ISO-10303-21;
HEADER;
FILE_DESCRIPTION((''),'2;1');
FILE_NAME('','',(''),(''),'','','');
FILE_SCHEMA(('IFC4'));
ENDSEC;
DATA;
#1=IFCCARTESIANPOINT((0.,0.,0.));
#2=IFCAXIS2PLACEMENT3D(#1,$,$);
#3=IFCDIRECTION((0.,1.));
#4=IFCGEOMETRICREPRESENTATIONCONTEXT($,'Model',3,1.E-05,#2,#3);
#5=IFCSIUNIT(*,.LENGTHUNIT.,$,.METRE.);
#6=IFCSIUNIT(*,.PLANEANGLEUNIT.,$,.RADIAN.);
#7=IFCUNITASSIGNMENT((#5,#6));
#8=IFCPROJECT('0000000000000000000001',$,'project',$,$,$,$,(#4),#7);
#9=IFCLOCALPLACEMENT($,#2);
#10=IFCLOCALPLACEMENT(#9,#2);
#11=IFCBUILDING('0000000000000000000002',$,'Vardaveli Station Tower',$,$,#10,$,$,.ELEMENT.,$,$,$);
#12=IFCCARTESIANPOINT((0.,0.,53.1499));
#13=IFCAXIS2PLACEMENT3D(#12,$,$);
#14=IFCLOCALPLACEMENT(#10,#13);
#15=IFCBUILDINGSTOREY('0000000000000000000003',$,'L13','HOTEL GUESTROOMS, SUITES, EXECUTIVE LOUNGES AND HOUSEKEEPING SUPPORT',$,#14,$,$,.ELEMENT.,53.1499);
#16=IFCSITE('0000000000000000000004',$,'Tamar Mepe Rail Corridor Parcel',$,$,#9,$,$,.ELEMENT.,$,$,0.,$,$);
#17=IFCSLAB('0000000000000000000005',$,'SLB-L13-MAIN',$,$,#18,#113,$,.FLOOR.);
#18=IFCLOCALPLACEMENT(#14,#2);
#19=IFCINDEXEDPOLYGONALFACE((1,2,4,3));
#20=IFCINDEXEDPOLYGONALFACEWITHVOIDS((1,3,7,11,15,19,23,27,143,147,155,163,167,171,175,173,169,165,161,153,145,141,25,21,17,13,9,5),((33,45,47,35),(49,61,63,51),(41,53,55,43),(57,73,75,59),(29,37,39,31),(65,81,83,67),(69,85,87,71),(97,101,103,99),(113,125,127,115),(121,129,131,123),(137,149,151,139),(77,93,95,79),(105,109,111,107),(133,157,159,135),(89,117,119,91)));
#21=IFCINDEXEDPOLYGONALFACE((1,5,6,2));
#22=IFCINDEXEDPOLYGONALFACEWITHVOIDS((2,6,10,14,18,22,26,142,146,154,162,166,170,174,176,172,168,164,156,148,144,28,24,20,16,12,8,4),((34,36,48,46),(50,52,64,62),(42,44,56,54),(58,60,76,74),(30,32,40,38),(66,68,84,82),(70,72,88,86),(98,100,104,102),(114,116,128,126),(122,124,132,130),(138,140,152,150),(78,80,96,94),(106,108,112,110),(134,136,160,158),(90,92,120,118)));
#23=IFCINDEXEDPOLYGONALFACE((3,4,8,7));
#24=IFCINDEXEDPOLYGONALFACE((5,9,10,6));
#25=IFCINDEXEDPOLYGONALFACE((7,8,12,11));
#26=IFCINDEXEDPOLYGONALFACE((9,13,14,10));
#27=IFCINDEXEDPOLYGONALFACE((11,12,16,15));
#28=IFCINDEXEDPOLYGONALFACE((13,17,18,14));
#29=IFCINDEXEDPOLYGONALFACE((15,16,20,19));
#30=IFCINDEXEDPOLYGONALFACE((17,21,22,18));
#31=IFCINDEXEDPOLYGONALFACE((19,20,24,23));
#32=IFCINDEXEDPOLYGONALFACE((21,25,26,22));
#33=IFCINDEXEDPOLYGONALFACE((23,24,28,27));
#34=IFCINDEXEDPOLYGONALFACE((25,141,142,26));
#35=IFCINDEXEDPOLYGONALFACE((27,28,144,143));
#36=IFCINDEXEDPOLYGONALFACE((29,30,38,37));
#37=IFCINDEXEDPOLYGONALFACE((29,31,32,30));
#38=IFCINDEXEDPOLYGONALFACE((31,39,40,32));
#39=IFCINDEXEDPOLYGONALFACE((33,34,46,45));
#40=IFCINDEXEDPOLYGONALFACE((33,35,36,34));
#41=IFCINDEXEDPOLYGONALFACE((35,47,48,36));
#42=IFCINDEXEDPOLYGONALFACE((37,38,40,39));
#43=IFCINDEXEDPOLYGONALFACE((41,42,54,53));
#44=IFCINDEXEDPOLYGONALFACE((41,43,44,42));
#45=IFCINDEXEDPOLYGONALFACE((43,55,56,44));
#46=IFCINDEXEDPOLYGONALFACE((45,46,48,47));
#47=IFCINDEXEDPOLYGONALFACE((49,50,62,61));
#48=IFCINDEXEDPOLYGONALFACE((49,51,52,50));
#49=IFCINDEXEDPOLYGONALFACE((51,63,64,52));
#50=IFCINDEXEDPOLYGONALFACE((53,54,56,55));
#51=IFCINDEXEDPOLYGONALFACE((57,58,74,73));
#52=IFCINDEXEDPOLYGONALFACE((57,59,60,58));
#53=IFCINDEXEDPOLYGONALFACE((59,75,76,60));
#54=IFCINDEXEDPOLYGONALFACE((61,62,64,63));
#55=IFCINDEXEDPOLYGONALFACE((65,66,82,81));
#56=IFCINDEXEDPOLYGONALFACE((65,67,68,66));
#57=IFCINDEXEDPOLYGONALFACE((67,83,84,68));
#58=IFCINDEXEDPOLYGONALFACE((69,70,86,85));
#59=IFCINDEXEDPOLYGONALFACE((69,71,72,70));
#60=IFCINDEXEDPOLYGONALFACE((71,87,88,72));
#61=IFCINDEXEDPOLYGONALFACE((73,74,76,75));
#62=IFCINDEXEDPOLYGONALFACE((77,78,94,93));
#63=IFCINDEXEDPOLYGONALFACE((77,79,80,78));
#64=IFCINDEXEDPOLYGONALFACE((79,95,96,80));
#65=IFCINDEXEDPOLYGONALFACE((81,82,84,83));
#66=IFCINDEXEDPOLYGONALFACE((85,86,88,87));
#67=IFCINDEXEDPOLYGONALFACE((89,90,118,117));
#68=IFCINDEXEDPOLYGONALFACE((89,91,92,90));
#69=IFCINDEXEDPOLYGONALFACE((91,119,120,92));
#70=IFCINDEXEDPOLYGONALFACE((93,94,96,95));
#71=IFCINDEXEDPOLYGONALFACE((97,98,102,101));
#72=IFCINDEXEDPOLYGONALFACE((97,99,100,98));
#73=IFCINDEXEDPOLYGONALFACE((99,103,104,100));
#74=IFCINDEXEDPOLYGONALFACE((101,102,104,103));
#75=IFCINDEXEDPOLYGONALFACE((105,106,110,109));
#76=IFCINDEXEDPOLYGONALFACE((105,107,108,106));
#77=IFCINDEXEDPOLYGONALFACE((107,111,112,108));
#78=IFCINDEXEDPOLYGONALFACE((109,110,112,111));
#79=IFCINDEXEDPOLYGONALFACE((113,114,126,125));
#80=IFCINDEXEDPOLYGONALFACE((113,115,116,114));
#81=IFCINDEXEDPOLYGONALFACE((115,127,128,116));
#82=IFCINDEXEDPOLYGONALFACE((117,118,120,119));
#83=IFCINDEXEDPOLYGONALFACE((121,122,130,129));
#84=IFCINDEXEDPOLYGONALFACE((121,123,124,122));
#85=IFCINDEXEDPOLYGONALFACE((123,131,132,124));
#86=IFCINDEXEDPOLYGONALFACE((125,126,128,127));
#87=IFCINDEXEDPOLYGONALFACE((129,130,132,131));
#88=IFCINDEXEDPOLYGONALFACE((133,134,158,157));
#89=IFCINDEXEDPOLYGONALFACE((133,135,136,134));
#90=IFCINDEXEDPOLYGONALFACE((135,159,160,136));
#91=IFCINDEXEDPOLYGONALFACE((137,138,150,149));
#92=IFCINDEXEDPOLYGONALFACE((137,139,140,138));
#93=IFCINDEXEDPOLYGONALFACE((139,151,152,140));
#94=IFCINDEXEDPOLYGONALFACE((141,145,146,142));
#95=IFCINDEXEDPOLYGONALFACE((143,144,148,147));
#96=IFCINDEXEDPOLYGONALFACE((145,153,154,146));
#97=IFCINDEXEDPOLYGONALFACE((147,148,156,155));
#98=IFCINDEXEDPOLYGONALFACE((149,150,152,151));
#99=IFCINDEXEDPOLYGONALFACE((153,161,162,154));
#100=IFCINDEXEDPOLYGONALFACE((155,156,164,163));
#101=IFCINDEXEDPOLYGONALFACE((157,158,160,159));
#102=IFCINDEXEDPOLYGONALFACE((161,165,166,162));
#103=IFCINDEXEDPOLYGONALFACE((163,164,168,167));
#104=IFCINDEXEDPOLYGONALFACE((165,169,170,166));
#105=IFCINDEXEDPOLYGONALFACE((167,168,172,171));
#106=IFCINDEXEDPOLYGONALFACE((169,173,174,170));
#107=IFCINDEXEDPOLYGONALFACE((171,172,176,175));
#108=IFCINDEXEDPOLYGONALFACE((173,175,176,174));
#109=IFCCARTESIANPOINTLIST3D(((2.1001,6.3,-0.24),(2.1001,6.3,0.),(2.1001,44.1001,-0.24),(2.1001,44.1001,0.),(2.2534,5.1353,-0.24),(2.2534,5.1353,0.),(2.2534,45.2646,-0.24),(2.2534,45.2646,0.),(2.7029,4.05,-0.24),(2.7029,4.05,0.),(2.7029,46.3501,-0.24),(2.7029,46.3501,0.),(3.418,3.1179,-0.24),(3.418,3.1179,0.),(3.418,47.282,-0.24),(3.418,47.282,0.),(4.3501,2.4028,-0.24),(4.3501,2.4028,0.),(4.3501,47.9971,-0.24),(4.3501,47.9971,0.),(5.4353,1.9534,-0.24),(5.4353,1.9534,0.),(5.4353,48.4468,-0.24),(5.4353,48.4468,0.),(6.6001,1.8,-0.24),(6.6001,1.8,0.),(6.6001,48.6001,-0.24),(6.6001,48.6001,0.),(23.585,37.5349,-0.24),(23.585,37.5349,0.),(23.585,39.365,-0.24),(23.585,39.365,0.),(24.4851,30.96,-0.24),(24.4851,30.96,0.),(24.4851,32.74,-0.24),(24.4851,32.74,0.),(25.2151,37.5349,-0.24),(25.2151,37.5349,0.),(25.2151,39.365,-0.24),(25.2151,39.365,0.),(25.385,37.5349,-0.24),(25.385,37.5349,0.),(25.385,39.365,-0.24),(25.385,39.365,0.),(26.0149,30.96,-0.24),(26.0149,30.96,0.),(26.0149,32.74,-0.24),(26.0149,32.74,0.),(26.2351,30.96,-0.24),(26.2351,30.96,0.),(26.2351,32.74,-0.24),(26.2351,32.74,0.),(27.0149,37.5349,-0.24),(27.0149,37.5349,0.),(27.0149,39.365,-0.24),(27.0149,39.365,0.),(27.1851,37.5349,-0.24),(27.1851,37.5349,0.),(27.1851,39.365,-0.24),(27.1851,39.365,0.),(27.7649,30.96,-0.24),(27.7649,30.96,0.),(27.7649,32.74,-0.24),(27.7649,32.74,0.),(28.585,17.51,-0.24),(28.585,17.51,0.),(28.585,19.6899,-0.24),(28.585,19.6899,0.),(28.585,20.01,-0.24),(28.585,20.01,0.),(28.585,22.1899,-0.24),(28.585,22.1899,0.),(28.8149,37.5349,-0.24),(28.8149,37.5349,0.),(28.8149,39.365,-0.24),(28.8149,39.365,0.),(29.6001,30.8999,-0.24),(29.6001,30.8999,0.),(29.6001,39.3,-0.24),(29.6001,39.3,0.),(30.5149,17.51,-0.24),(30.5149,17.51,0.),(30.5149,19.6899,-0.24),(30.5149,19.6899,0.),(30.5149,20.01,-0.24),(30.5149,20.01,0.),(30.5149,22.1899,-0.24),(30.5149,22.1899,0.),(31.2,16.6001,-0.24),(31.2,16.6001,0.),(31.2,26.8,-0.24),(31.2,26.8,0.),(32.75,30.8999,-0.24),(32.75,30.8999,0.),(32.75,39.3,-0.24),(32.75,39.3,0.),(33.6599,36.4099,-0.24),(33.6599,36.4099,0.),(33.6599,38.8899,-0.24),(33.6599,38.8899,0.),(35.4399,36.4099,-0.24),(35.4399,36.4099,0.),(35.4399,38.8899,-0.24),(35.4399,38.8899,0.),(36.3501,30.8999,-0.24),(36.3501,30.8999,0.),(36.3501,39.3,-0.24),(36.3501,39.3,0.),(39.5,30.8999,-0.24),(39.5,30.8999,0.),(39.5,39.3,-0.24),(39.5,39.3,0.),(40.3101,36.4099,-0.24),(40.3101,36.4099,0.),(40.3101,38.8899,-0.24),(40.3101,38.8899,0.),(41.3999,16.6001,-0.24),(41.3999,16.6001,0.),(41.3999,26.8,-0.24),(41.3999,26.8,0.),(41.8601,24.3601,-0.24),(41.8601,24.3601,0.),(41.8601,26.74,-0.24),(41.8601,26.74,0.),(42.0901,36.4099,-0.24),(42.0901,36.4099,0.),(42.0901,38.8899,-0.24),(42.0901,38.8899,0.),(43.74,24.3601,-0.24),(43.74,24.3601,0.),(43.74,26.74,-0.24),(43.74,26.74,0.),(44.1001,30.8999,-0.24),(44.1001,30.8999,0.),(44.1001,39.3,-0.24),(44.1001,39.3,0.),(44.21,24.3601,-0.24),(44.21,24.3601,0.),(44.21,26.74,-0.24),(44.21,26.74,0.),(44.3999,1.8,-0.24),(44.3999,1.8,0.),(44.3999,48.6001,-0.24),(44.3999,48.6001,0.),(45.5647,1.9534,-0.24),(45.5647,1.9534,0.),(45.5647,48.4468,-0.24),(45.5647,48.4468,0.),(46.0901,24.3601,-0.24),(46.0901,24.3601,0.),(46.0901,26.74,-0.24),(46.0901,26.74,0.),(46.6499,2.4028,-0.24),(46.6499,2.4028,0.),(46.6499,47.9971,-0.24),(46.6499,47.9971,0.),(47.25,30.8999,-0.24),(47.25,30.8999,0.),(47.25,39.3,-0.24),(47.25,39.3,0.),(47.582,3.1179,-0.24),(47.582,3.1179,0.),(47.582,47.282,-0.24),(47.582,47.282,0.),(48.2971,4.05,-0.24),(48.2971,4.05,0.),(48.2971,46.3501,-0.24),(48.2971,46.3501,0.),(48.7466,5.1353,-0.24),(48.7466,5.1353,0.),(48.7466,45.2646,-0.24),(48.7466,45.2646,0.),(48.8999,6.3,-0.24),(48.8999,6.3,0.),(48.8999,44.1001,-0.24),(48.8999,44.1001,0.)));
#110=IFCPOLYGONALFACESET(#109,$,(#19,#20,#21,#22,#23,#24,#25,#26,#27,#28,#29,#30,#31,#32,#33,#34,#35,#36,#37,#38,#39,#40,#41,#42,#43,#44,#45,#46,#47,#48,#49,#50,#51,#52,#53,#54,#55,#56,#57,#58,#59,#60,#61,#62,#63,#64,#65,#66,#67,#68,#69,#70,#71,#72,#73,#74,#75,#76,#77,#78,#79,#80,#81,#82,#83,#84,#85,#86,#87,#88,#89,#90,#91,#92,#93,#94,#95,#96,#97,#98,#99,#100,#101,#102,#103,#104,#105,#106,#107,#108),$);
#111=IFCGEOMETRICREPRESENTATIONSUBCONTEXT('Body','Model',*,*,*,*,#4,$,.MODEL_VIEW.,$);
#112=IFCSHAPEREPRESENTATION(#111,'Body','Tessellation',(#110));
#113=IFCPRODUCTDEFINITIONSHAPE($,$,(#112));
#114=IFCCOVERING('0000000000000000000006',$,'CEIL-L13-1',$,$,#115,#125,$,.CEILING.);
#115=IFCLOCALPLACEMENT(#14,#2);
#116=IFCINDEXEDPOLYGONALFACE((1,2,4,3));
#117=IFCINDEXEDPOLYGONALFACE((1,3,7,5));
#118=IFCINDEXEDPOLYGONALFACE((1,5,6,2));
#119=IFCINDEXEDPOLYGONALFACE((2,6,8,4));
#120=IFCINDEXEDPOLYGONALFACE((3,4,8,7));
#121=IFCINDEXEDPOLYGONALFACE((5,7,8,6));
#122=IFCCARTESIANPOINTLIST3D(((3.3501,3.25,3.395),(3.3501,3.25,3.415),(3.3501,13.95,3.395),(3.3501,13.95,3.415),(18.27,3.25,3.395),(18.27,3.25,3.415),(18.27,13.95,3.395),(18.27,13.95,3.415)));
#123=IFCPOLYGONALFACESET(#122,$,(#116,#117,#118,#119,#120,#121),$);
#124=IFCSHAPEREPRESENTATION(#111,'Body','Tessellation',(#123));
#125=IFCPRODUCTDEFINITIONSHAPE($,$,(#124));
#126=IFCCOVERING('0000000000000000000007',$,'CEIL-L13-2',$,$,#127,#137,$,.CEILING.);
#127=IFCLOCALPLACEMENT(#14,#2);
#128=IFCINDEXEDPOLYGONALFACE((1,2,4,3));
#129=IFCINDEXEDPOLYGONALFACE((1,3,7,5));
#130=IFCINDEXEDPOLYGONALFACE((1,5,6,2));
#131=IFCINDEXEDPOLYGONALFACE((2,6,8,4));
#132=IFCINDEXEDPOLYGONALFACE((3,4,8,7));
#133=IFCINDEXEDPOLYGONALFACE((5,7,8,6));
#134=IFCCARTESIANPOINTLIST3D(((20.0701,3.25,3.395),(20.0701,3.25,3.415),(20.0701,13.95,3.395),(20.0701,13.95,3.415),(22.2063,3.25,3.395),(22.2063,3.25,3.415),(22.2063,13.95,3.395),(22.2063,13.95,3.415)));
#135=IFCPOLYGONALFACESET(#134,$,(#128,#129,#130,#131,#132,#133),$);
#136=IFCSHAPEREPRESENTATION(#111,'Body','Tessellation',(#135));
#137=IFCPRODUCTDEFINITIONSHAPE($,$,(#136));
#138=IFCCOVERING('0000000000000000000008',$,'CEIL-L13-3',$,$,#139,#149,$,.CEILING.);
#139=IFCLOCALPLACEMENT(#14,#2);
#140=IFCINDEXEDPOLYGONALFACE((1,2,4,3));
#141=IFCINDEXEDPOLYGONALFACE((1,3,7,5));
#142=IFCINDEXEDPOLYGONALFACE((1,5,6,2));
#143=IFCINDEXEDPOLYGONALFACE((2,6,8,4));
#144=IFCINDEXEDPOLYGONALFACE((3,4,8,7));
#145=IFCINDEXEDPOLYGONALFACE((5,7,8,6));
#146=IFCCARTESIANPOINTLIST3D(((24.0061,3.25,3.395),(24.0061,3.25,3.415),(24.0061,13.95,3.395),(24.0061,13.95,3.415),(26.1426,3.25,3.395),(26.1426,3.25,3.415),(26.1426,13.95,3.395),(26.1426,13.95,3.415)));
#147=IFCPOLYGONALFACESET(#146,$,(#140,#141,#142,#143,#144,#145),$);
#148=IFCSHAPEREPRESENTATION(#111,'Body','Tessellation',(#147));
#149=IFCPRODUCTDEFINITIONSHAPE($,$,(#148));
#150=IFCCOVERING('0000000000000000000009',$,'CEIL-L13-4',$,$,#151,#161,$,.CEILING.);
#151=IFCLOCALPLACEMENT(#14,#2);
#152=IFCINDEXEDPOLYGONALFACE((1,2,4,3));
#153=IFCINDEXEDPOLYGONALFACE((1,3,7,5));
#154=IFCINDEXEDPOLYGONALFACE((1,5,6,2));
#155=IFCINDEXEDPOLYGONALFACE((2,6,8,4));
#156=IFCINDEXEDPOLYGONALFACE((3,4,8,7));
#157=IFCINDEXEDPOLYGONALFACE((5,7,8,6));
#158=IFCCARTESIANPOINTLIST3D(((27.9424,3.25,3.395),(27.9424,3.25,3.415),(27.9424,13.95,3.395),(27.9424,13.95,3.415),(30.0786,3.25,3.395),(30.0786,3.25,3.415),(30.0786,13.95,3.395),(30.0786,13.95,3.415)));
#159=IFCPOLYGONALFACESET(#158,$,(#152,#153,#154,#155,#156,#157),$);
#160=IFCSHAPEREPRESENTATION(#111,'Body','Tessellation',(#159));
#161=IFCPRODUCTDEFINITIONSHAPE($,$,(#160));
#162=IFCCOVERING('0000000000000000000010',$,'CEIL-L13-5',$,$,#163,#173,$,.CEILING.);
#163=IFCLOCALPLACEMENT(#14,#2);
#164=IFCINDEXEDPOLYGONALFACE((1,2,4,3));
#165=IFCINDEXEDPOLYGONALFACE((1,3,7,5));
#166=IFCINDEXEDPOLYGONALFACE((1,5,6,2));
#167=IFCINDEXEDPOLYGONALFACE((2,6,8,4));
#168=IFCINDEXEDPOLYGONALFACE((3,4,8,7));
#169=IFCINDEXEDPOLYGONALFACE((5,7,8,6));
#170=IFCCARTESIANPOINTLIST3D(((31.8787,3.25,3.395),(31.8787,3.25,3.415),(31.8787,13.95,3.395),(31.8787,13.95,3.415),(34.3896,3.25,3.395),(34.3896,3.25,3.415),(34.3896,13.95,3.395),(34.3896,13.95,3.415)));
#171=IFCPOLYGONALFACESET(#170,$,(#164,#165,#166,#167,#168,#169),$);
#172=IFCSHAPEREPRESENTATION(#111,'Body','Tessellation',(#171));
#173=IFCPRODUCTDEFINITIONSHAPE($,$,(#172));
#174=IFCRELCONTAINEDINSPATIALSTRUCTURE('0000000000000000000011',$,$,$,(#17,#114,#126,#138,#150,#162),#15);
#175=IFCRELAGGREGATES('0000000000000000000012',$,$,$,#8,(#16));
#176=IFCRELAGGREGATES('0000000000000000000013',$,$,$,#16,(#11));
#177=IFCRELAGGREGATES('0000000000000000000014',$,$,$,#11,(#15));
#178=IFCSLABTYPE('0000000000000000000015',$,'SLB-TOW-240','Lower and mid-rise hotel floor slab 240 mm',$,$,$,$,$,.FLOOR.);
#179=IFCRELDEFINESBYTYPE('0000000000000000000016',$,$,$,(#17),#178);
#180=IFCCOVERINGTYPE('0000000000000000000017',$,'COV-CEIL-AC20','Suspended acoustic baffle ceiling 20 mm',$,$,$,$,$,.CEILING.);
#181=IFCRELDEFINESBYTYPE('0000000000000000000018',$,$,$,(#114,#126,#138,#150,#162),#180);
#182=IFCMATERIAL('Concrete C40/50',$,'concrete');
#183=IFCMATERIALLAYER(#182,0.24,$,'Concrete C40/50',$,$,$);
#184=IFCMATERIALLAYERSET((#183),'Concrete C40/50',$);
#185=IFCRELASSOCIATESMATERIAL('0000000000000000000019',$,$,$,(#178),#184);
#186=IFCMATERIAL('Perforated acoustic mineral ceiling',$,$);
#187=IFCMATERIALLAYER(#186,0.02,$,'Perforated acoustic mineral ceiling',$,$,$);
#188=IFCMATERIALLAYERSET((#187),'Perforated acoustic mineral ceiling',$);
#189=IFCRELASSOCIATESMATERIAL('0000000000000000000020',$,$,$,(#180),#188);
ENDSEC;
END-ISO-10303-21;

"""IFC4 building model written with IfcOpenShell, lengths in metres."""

from ifc_helpers import new_model, si_unit, direction, frame, origin, place, context, subcontext, project, spatial, polyline, outline, extrude, material, layer, layer_set, type_object, element, save


model = new_model("IFC4")

# Units and contexts
model_context = context("Model", 3, precision=1e-05, world=origin(), true_north=direction((0.0, 1.0)))
body_context = subcontext(model_context, "Body", "Model", "MODEL_VIEW")
ifc_project = project(units=[si_unit("LENGTHUNIT", "METRE"), si_unit("PLANEANGLEUNIT", "RADIAN")], contexts=[model_context])

# Site, building, storey
site_placement = place(None, origin())
site = spatial("IfcSite", under=ifc_project, at=site_placement, Name="Tamar Mepe Rail Corridor Parcel", CompositionType="ELEMENT", RefElevation=0.0)
building_placement = place(site_placement, origin())
building = spatial("IfcBuilding", under=site, at=building_placement, Name="Vardaveli Station Tower", CompositionType="ELEMENT")
storey_placement = place(building_placement, frame((0.0, 0.0, 53.1499)))
storey = spatial("IfcBuildingStorey", under=building, at=storey_placement, Name="L13", Description="HOTEL GUESTROOMS, SUITES, EXECUTIVE LOUNGES AND HOUSEKEEPING SUPPORT", CompositionType="ELEMENT", Elevation=53.1499)

# Shared definitions
ifc_material_1 = material(Name="Concrete C40/50", Category="concrete")

# Slab
ifc_layer_1 = layer(ifc_material_1, 0.24, Name="Concrete C40/50")
ifc_layer_set_1 = layer_set([ifc_layer_1], Name="Concrete C40/50")
slab_type_1 = type_object("IfcSlabType", Name="SLB-TOW-240", Description="Lower and mid-rise hotel floor slab 240 mm", PredefinedType="FLOOR", material=ifc_layer_set_1)
slab_1_placement = place(storey_placement, frame((0.0, 0.0, -0.24)))
element("IfcSlab", 1, at=slab_1_placement, inside=storey, type_object=slab_type_1, Name="SLB-L13-MAIN", PredefinedType="FLOOR", context=body_context, shape_type="SweptSolid", body=[
    extrude(outline(polyline([(2.1001, 6.3), (2.2534, 5.1353), (2.7029, 4.05), (3.418, 3.1179), (4.3501, 2.4028), (5.4353, 1.9534), (6.6001, 1.8), (44.3999, 1.8), (45.5647, 1.9534), (46.6499, 2.4028), (47.582, 3.1179), (48.2971, 4.05), (48.7466, 5.1353), (48.8999, 6.3), (48.8999, 44.1001), (48.7466, 45.2646), (48.2971, 46.3501), (47.582, 47.282), (46.6499, 47.9971), (45.5647, 48.4468), (44.3999, 48.6001), (6.6001, 48.6001), (5.4353, 48.4468), (4.3501, 47.9971), (3.418, 47.282), (2.7029, 46.3501), (2.2534, 45.2646), (2.1001, 44.1001), (2.1001, 6.3)]), holes=[polyline([(31.2, 16.6001), (41.3999, 16.6001), (41.3999, 26.8), (31.2, 26.8), (31.2, 16.6001)]), polyline([(32.75, 30.8999), (32.75, 39.3), (29.6001, 39.3), (29.6001, 30.8999), (32.75, 30.8999)]), polyline([(39.5, 30.8999), (39.5, 39.3), (36.3501, 39.3), (36.3501, 30.8999), (39.5, 30.8999)]), polyline([(47.25, 30.8999), (47.25, 39.3), (44.1001, 39.3), (44.1001, 30.8999), (47.25, 30.8999)]), polyline([(23.585, 37.5349), (25.2151, 37.5349), (25.2151, 39.365), (23.585, 39.365), (23.585, 37.5349)]), polyline([(25.385, 37.5349), (27.0149, 37.5349), (27.0149, 39.365), (25.385, 39.365), (25.385, 37.5349)]), polyline([(27.1851, 37.5349), (28.8149, 37.5349), (28.8149, 39.365), (27.1851, 39.365), (27.1851, 37.5349)]), polyline([(33.6599, 36.4099), (35.4399, 36.4099), (35.4399, 38.8899), (33.6599, 38.8899), (33.6599, 36.4099)]), polyline([(40.3101, 36.4099), (42.0901, 36.4099), (42.0901, 38.8899), (40.3101, 38.8899), (40.3101, 36.4099)]), polyline([(24.4851, 30.96), (26.0149, 30.96), (26.0149, 32.74), (24.4851, 32.74), (24.4851, 30.96)]), polyline([(26.2351, 30.96), (27.7649, 30.96), (27.7649, 32.74), (26.2351, 32.74), (26.2351, 30.96)]), polyline([(28.585, 17.51), (30.5149, 17.51), (30.5149, 19.6899), (28.585, 19.6899), (28.585, 17.51)]), polyline([(28.585, 20.01), (30.5149, 20.01), (30.5149, 22.1899), (28.585, 22.1899), (28.585, 20.01)]), polyline([(41.8601, 24.3601), (43.74, 24.3601), (43.74, 26.74), (41.8601, 26.74), (41.8601, 24.3601)]), polyline([(44.21, 24.3601), (46.0901, 24.3601), (46.0901, 26.74), (44.21, 26.74), (44.21, 24.3601)])]), origin(), (0.0, 0.0, 1.0), 0.24),
])

# Coverings
ifc_material_2 = material(Name="Perforated acoustic mineral ceiling")
ifc_layer_2 = layer(ifc_material_2, 0.02, Name="Perforated acoustic mineral ceiling")
ifc_layer_set_2 = layer_set([ifc_layer_2], Name="Perforated acoustic mineral ceiling")
covering_type_1 = type_object("IfcCoveringType", Name="COV-CEIL-AC20", Description="Suspended acoustic baffle ceiling 20 mm", PredefinedType="CEILING", material=ifc_layer_set_2)
covering_1_placement = place(storey_placement, frame((0.0, 0.0, 3.395)))
element("IfcCovering", 2, at=covering_1_placement, inside=storey, type_object=covering_type_1, Name="CEIL-L13-1", PredefinedType="CEILING", context=body_context, shape_type="SweptSolid", body=[
    extrude(outline(polyline([(3.3501, 3.25), (18.27, 3.25), (18.27, 13.95), (3.3501, 13.95), (3.3501, 3.25)])), origin(), (0.0, 0.0, 1.0), 0.02),
])
covering_2_placement = place(storey_placement, frame((0.0, 0.0, 3.395)))
element("IfcCovering", 3, at=covering_2_placement, inside=storey, type_object=covering_type_1, Name="CEIL-L13-2", PredefinedType="CEILING", context=body_context, shape_type="SweptSolid", body=[
    extrude(outline(polyline([(20.0701, 3.25), (22.2063, 3.25), (22.2063, 13.95), (20.0701, 13.95), (20.0701, 3.25)])), origin(), (0.0, 0.0, 1.0), 0.02),
])
covering_3_placement = place(storey_placement, frame((0.0, 0.0, 3.395)))
element("IfcCovering", 4, at=covering_3_placement, inside=storey, type_object=covering_type_1, Name="CEIL-L13-3", PredefinedType="CEILING", context=body_context, shape_type="SweptSolid", body=[
    extrude(outline(polyline([(24.0061, 3.25), (26.1426, 3.25), (26.1426, 13.95), (24.0061, 13.95), (24.0061, 3.25)])), origin(), (0.0, 0.0, 1.0), 0.02),
])
covering_4_placement = place(storey_placement, frame((0.0, 0.0, 3.395)))
element("IfcCovering", 5, at=covering_4_placement, inside=storey, type_object=covering_type_1, Name="CEIL-L13-4", PredefinedType="CEILING", context=body_context, shape_type="SweptSolid", body=[
    extrude(outline(polyline([(27.9424, 3.25), (30.0786, 3.25), (30.0786, 13.95), (27.9424, 13.95), (27.9424, 3.25)])), origin(), (0.0, 0.0, 1.0), 0.02),
])
covering_5_placement = place(storey_placement, frame((0.0, 0.0, 3.395)))
element("IfcCovering", 6, at=covering_5_placement, inside=storey, type_object=covering_type_1, Name="CEIL-L13-5", PredefinedType="CEILING", context=body_context, shape_type="SweptSolid", body=[
    extrude(outline(polyline([(31.8787, 3.25), (34.3896, 3.25), (34.3896, 13.95), (31.8787, 13.95), (31.8787, 3.25)])), origin(), (0.0, 0.0, 1.0), 0.02),
])

save(model, "model.ifc")
